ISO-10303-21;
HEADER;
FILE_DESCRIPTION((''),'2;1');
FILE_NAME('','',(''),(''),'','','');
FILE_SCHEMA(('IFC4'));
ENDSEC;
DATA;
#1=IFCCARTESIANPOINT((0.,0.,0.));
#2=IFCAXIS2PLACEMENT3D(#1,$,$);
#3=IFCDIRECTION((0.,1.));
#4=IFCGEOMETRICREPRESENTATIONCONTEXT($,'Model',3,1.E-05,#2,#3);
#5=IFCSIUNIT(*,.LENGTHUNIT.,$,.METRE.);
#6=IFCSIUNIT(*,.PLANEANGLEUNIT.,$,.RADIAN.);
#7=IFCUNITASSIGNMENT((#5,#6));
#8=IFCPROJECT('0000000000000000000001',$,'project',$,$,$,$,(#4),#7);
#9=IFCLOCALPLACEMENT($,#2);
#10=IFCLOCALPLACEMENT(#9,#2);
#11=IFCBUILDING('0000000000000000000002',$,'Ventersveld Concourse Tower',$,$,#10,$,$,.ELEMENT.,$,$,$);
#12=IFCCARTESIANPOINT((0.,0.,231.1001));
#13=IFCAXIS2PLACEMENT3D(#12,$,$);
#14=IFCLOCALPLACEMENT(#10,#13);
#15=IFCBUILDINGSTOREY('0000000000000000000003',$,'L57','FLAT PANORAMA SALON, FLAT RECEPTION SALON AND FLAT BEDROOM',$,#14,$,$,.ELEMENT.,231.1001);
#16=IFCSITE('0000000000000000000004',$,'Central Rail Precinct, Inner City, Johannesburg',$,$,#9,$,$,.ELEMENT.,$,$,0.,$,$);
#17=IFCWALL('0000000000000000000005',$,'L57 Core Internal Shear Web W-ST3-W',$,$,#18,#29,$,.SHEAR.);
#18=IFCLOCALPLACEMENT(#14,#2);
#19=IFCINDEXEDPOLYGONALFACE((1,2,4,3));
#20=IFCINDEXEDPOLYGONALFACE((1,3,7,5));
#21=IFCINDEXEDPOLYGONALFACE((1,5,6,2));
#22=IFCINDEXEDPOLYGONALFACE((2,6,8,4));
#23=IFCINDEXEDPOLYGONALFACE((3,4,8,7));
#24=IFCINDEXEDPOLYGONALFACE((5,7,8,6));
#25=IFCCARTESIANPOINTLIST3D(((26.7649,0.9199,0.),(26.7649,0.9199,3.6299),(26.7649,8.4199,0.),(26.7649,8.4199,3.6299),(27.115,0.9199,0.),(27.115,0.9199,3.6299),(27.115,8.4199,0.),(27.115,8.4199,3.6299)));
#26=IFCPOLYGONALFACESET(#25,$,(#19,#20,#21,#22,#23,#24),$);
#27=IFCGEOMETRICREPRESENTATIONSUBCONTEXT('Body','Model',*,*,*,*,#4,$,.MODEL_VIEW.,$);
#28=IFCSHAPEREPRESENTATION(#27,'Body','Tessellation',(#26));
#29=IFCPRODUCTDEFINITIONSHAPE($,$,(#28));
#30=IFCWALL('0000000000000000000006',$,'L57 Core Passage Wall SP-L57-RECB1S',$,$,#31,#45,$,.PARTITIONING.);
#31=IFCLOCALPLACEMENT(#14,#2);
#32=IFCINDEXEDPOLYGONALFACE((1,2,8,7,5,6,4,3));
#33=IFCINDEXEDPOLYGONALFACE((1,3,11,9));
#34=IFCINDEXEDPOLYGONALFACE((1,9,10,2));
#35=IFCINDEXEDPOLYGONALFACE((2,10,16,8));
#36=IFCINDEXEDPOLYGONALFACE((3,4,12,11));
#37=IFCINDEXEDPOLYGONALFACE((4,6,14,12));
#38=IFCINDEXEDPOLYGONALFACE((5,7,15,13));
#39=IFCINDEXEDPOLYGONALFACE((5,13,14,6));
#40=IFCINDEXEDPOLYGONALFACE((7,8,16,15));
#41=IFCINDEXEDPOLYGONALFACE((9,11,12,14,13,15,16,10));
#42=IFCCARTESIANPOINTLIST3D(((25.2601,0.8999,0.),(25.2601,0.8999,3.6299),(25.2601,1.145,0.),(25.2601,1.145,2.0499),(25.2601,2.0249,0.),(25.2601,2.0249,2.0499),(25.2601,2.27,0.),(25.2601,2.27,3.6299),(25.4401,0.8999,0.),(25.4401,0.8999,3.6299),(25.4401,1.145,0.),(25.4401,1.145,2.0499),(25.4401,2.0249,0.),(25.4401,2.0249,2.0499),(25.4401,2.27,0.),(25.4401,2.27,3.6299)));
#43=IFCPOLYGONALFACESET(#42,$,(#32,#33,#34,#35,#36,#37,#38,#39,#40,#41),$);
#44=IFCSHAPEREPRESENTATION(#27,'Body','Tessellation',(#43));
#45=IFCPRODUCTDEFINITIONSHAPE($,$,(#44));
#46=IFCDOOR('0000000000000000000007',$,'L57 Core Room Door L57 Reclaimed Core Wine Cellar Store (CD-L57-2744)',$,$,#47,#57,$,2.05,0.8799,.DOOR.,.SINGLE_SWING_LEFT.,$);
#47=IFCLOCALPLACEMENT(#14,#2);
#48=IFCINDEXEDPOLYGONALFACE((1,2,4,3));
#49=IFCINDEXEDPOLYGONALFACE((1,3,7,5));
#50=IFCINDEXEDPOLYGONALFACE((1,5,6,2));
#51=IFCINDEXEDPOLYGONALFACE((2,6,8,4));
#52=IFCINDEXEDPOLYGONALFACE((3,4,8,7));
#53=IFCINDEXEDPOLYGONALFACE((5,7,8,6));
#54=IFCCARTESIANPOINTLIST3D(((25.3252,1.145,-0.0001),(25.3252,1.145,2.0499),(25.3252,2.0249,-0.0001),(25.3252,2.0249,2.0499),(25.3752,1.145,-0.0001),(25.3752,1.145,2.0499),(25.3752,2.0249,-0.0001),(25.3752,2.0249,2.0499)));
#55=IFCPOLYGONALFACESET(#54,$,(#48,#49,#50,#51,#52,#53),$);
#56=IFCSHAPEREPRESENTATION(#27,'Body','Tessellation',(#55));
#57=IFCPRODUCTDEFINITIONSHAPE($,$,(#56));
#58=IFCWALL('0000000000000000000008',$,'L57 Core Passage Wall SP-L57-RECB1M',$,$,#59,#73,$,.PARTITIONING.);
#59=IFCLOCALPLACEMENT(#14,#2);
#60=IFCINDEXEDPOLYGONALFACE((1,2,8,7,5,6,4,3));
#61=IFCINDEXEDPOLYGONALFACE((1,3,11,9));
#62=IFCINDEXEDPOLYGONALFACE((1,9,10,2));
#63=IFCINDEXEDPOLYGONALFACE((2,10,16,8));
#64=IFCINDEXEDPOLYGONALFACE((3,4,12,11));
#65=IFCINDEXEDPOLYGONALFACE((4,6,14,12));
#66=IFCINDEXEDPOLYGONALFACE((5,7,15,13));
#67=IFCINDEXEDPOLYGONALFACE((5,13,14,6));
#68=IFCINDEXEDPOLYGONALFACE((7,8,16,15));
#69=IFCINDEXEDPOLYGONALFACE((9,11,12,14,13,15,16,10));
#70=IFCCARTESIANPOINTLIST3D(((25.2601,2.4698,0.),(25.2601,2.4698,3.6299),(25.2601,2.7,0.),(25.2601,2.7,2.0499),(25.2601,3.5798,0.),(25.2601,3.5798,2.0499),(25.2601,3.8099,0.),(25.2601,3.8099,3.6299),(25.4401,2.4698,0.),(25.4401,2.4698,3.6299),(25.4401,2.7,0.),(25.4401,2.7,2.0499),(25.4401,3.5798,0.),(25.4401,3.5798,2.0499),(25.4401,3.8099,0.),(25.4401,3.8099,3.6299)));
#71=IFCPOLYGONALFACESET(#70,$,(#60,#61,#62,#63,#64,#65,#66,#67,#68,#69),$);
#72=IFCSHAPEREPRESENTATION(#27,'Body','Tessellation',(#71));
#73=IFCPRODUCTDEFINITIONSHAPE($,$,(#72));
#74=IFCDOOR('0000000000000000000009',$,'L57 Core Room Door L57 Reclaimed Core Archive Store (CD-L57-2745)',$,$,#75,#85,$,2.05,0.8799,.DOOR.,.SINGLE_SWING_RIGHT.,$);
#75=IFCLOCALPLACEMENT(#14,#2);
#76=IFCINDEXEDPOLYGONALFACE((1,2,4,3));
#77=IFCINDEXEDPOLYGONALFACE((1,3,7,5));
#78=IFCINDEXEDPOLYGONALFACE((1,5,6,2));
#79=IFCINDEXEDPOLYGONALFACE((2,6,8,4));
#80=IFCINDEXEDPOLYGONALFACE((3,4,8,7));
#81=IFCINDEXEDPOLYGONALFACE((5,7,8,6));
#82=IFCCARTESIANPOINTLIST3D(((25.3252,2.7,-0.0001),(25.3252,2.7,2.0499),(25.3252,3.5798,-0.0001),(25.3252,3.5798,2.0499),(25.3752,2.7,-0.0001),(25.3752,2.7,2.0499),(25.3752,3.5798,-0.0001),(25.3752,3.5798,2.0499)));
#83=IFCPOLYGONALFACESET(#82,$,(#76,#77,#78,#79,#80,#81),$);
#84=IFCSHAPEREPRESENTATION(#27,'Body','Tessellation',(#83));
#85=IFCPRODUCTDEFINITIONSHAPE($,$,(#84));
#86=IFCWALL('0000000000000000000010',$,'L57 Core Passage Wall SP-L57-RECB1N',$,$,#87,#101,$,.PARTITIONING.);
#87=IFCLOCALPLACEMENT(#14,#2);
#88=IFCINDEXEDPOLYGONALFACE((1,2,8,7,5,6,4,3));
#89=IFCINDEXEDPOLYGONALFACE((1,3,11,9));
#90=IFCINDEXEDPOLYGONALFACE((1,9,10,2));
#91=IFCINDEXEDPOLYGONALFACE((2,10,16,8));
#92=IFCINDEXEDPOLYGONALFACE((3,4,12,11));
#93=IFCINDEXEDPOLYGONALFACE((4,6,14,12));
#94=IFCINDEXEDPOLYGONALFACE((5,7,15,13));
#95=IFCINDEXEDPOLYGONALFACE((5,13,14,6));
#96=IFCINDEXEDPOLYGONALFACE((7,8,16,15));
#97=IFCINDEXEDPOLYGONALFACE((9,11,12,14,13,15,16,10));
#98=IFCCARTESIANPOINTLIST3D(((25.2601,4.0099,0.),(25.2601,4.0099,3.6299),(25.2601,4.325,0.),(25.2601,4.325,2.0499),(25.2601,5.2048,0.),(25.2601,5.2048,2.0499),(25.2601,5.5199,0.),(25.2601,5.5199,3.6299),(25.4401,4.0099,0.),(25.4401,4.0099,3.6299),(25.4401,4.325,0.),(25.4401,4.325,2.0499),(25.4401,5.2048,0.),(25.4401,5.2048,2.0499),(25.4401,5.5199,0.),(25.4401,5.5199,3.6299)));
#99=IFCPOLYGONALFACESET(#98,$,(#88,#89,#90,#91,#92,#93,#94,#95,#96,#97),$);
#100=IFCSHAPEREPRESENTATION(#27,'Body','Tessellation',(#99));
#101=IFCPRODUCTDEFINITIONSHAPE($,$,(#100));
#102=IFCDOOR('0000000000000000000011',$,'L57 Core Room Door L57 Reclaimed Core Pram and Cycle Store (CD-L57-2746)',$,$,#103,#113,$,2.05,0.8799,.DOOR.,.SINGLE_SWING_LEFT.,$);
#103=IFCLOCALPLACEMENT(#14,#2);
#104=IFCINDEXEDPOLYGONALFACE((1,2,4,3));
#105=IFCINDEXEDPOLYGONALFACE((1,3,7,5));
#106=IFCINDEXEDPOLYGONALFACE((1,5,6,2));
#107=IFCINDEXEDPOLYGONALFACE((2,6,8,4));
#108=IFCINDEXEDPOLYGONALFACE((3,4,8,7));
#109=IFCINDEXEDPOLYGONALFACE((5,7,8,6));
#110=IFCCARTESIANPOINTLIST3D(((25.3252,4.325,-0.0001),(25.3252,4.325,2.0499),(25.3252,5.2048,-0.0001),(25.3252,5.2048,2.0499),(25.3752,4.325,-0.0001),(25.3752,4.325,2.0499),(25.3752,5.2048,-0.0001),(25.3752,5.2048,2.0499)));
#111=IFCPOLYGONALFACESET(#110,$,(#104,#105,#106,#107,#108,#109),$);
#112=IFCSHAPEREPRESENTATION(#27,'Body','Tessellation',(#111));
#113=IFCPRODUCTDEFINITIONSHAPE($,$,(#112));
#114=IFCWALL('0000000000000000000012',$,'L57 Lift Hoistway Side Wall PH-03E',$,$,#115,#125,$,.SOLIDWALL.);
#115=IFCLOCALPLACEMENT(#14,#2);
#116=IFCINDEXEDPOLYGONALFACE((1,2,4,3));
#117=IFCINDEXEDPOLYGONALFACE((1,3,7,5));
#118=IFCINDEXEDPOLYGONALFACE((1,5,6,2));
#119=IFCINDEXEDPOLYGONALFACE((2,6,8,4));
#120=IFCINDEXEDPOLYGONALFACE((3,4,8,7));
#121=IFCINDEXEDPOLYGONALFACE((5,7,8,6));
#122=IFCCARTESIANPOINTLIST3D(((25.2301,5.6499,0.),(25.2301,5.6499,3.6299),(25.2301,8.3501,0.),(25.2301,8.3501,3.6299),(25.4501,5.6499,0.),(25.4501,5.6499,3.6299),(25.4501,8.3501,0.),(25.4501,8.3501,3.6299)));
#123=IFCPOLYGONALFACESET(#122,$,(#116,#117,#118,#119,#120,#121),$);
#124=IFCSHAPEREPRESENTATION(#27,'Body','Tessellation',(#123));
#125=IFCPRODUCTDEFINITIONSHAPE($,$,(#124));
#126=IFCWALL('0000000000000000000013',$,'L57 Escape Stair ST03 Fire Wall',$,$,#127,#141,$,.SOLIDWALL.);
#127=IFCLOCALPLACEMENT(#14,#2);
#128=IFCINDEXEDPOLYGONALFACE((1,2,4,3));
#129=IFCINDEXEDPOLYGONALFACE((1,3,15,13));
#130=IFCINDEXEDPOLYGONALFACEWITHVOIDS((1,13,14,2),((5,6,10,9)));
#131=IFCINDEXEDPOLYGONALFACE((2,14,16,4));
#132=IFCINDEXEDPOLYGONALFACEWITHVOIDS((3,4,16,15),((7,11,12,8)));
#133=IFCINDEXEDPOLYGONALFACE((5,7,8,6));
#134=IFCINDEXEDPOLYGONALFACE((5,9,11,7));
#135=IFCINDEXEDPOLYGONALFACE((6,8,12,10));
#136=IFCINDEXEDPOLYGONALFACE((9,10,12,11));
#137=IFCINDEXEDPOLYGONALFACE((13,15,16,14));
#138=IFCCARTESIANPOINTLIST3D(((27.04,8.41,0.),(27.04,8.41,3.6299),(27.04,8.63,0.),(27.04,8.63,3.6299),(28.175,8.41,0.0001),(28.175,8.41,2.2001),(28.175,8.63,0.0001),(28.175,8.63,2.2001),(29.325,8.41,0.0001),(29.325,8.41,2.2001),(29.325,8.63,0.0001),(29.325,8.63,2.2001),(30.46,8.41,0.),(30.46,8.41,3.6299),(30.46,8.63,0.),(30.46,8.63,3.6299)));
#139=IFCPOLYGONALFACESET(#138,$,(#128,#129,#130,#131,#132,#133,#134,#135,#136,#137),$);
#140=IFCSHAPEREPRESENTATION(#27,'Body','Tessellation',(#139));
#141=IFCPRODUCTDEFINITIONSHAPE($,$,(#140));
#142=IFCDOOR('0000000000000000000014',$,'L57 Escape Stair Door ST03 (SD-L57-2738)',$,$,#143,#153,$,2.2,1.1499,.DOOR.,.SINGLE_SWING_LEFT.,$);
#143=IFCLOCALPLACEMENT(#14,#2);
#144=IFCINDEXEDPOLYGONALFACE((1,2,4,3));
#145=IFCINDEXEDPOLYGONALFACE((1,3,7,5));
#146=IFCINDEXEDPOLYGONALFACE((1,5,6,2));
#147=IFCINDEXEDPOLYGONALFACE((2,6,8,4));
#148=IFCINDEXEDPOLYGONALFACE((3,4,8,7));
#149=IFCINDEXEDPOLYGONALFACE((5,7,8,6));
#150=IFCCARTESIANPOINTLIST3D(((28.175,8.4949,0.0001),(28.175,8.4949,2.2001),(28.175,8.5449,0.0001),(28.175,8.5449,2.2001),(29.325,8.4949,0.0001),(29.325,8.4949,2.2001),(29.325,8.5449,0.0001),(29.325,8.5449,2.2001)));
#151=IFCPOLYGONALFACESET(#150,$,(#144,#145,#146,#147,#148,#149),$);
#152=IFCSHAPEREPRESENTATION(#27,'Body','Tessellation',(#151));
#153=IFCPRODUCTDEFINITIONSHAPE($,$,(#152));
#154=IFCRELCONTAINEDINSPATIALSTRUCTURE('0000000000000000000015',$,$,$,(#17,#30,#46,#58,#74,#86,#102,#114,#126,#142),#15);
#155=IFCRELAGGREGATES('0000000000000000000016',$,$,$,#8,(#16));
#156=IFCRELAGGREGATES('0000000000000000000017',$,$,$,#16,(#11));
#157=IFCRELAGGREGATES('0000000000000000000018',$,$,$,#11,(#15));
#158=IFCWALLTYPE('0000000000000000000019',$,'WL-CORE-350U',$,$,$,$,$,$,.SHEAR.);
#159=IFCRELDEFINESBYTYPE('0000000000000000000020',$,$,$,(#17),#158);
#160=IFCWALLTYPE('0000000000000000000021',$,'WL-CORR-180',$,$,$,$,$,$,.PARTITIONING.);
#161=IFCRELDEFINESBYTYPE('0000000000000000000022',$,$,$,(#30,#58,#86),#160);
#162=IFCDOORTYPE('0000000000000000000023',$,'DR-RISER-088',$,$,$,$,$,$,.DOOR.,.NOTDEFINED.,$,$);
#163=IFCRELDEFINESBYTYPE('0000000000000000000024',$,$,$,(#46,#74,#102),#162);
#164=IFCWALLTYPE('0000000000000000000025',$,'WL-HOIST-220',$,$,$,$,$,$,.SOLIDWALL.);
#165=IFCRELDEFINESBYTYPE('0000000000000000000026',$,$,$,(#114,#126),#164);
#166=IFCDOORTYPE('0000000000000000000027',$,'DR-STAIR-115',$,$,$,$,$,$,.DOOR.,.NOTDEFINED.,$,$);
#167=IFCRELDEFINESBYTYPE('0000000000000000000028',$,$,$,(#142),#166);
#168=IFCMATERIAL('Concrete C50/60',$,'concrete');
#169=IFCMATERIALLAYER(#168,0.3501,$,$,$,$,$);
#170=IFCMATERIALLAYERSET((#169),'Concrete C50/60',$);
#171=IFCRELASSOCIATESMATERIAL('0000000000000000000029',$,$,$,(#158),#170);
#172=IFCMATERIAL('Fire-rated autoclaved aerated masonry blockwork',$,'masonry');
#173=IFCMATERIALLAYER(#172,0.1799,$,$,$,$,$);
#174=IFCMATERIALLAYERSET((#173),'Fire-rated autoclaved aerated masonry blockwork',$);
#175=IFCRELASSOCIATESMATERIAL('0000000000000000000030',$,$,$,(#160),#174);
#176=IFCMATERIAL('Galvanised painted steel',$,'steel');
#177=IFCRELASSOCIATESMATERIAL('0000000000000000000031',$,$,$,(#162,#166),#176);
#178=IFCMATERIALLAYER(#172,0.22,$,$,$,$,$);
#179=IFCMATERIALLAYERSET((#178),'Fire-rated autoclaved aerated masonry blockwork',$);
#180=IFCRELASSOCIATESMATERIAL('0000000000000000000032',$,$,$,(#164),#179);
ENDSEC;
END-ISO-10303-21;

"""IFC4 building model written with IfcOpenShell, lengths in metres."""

from ifc_helpers import new_model, si_unit, direction, frame, frame_2d, origin, place, context, subcontext, project, spatial, rectangle, extrude, material, layer, layer_set, type_object, element, fill, save


model = new_model("IFC4")

# Units and contexts
model_context = context("Model", 3, precision=1e-05, world=origin(), true_north=direction((0.0, 1.0)))
body_context = subcontext(model_context, "Body", "Model", "MODEL_VIEW")
ifc_project = project(units=[si_unit("LENGTHUNIT", "METRE"), si_unit("PLANEANGLEUNIT", "RADIAN")], contexts=[model_context])

# Site, building, storey
site_placement = place(None, origin())
site = spatial("IfcSite", under=ifc_project, at=site_placement, Name="Central Rail Precinct, Inner City, Johannesburg", CompositionType="ELEMENT", RefElevation=0.0)
building_placement = place(site_placement, origin())
building = spatial("IfcBuilding", under=site, at=building_placement, Name="Ventersveld Concourse Tower", CompositionType="ELEMENT")
storey_placement = place(building_placement, frame((0.0, 0.0, 231.1001)))
storey = spatial("IfcBuildingStorey", under=building, at=storey_placement, Name="L57", Description="FLAT PANORAMA SALON, FLAT RECEPTION SALON AND FLAT BEDROOM", CompositionType="ELEMENT", Elevation=231.1001)

# Wall
ifc_material_1 = material(Name="Concrete C50/60", Category="concrete")
ifc_layer_1 = layer(ifc_material_1, 0.3501)
ifc_layer_set_1 = layer_set([ifc_layer_1], Name="Concrete C50/60")
wall_type_1 = type_object("IfcWallType", Name="WL-CORE-350U", PredefinedType="SHEAR", material=ifc_layer_set_1)
wall_1_placement = place(storey_placement, frame((26.9399, 0.9199, 0.0), z_axis=(0.0, 0.0, 1.0), x_axis=(0.0, 1.0, 0.0)))
element("IfcWall", 1, at=wall_1_placement, inside=storey, type_object=wall_type_1, Name="L57 Core Internal Shear Web W-ST3-W", PredefinedType="SHEAR", context=body_context, shape_type="SweptSolid", body=[
    extrude(rectangle(XDim=7.5, YDim=0.3501, at=frame_2d((3.75, 0.0))), origin(), (0.0, 0.0, 1.0), 3.6299),
])

# Walls, openings, doors
ifc_material_2 = material(Name="Fire-rated autoclaved aerated masonry blockwork", Category="masonry")
ifc_layer_2 = layer(ifc_material_2, 0.1799)
ifc_layer_set_2 = layer_set([ifc_layer_2], Name="Fire-rated autoclaved aerated masonry blockwork")
wall_type_2 = type_object("IfcWallType", Name="WL-CORR-180", PredefinedType="PARTITIONING", material=ifc_layer_set_2)
wall_2_placement = place(storey_placement, frame((25.3501, 0.8999, 0.0), z_axis=(0.0, 0.0, 1.0), x_axis=(0.0, 1.0, 0.0)))
wall_2 = element("IfcWall", 2, at=wall_2_placement, inside=storey, type_object=wall_type_2, Name="L57 Core Passage Wall SP-L57-RECB1S", PredefinedType="PARTITIONING", context=body_context, shape_type="SweptSolid", body=[
    extrude(rectangle(XDim=1.3701, YDim=0.1799, at=frame_2d((0.6851, 0.0))), origin(), (0.0, 0.0, 1.0), 3.6299),
])
opening_1_placement = place(wall_2_placement, frame((0.2451, 0.0, 0.0)))
opening_1 = element("IfcOpeningElement", 3, at=opening_1_placement, cuts=wall_2, PredefinedType="OPENING", context=body_context, shape_type="SweptSolid", body=[
    extrude(rectangle(XDim=0.8799, YDim=2.05, at=frame_2d((0.4399, 1.0249))), frame((0.0, 0.1001, 0.0), z_axis=(0.0, -1.0, 0.0), x_axis=(1.0, 0.0, 0.0)), (0.0, 0.0, 1.0), 0.2),
])
ifc_material_3 = material(Name="Galvanised painted steel", Category="steel")
door_type_1 = type_object("IfcDoorType", Name="DR-RISER-088", OperationType="NOTDEFINED", PredefinedType="DOOR", material=ifc_material_3)
door_1_placement = place(opening_1_placement, origin())
door_1 = element("IfcDoor", 4, at=door_1_placement, inside=storey, type_object=door_type_1, Name="L57 Core Room Door L57 Reclaimed Core Wine Cellar Store (CD-L57-2744)", OperationType="SINGLE_SWING_LEFT", OverallHeight=2.05, OverallWidth=0.8799, PredefinedType="DOOR", context=body_context, shape_type="SweptSolid", body=[
    extrude(rectangle(XDim=0.8799, YDim=2.05, at=frame_2d((0.4399, 1.0249))), frame((0.0, 0.0249, 0.0), z_axis=(0.0, -1.0, 0.0), x_axis=(1.0, 0.0, 0.0)), (0.0, 0.0, 1.0), 0.05),
])
fill(opening_1, door_1)
wall_3_placement = place(storey_placement, frame((25.3501, 2.47, 0.0), z_axis=(0.0, 0.0, 1.0), x_axis=(0.0, 1.0, 0.0)))
wall_3 = element("IfcWall", 5, at=wall_3_placement, inside=storey, type_object=wall_type_2, Name="L57 Core Passage Wall SP-L57-RECB1M", PredefinedType="PARTITIONING", context=body_context, shape_type="SweptSolid", body=[
    extrude(rectangle(XDim=1.3401, YDim=0.1799, at=frame_2d((0.6699, 0.0))), origin(), (0.0, 0.0, 1.0), 3.6299),
])
opening_2_placement = place(wall_3_placement, frame((0.23, 0.0, 0.0)))
opening_2 = element("IfcOpeningElement", 6, at=opening_2_placement, cuts=wall_3, PredefinedType="OPENING", context=body_context, shape_type="SweptSolid", body=[
    extrude(rectangle(XDim=0.8799, YDim=2.05, at=frame_2d((0.4399, 1.0249))), frame((0.0, 0.1001, 0.0), z_axis=(0.0, -1.0, 0.0), x_axis=(1.0, 0.0, 0.0)), (0.0, 0.0, 1.0), 0.2),
])
door_2_placement = place(opening_2_placement, origin())
door_2 = element("IfcDoor", 7, at=door_2_placement, inside=storey, type_object=door_type_1, Name="L57 Core Room Door L57 Reclaimed Core Archive Store (CD-L57-2745)", OperationType="SINGLE_SWING_RIGHT", OverallHeight=2.05, OverallWidth=0.8799, PredefinedType="DOOR", context=body_context, shape_type="SweptSolid", body=[
    extrude(rectangle(XDim=0.8799, YDim=2.05, at=frame_2d((0.4399, 1.0249))), frame((0.0, 0.0249, 0.0), z_axis=(0.0, -1.0, 0.0), x_axis=(1.0, 0.0, 0.0)), (0.0, 0.0, 1.0), 0.05),
])
fill(opening_2, door_2)
wall_4_placement = place(storey_placement, frame((25.3501, 4.01, 0.0), z_axis=(0.0, 0.0, 1.0), x_axis=(0.0, 1.0, 0.0)))
wall_4 = element("IfcWall", 8, at=wall_4_placement, inside=storey, type_object=wall_type_2, Name="L57 Core Passage Wall SP-L57-RECB1N", PredefinedType="PARTITIONING", context=body_context, shape_type="SweptSolid", body=[
    extrude(rectangle(XDim=1.51, YDim=0.1799, at=frame_2d((0.7549, 0.0))), origin(), (0.0, 0.0, 1.0), 3.6299),
])
opening_3_placement = place(wall_4_placement, frame((0.3149, 0.0, 0.0)))
opening_3 = element("IfcOpeningElement", 9, at=opening_3_placement, cuts=wall_4, PredefinedType="OPENING", context=body_context, shape_type="SweptSolid", body=[
    extrude(rectangle(XDim=0.8799, YDim=2.05, at=frame_2d((0.4399, 1.0249))), frame((0.0, 0.1001, 0.0), z_axis=(0.0, -1.0, 0.0), x_axis=(1.0, 0.0, 0.0)), (0.0, 0.0, 1.0), 0.2),
])
door_3_placement = place(opening_3_placement, origin())
door_3 = element("IfcDoor", 10, at=door_3_placement, inside=storey, type_object=door_type_1, Name="L57 Core Room Door L57 Reclaimed Core Pram and Cycle Store (CD-L57-2746)", OperationType="SINGLE_SWING_LEFT", OverallHeight=2.05, OverallWidth=0.8799, PredefinedType="DOOR", context=body_context, shape_type="SweptSolid", body=[
    extrude(rectangle(XDim=0.8799, YDim=2.05, at=frame_2d((0.4399, 1.0249))), frame((0.0, 0.0249, 0.0), z_axis=(0.0, -1.0, 0.0), x_axis=(1.0, 0.0, 0.0)), (0.0, 0.0, 1.0), 0.05),
])
fill(opening_3, door_3)

# Wall
ifc_layer_3 = layer(ifc_material_2, 0.22)
ifc_layer_set_3 = layer_set([ifc_layer_3], Name="Fire-rated autoclaved aerated masonry blockwork")
wall_type_3 = type_object("IfcWallType", Name="WL-HOIST-220", PredefinedType="SOLIDWALL", material=ifc_layer_set_3)
wall_5_placement = place(storey_placement, frame((25.3401, 5.6499, 0.0), z_axis=(0.0, 0.0, 1.0), x_axis=(0.0, 1.0, 0.0)))
element("IfcWall", 11, at=wall_5_placement, inside=storey, type_object=wall_type_3, Name="L57 Lift Hoistway Side Wall PH-03E", PredefinedType="SOLIDWALL", context=body_context, shape_type="SweptSolid", body=[
    extrude(rectangle(XDim=2.7002, YDim=0.22, at=frame_2d((1.3501, 0.0))), origin(), (0.0, 0.0, 1.0), 3.6299),
])

# Wall, opening, door
wall_6_placement = place(storey_placement, frame((27.04, 8.52, 0.0), z_axis=(0.0, 0.0, 1.0), x_axis=(1.0, 0.0, 0.0)))
wall_6 = element("IfcWall", 12, at=wall_6_placement, inside=storey, type_object=wall_type_3, Name="L57 Escape Stair ST03 Fire Wall", PredefinedType="SOLIDWALL", context=body_context, shape_type="SweptSolid", body=[
    extrude(rectangle(XDim=3.4199, YDim=0.22, at=frame_2d((1.71, 0.0))), origin(), (0.0, 0.0, 1.0), 3.6299),
])
opening_4_placement = place(wall_6_placement, frame((1.135, 0.0, 0.0)))
opening_4 = element("IfcOpeningElement", 13, at=opening_4_placement, cuts=wall_6, PredefinedType="OPENING", context=body_context, shape_type="SweptSolid", body=[
    extrude(rectangle(XDim=1.1499, YDim=2.2, at=frame_2d((0.575, 1.1001))), frame((0.0, 0.1201, 0.0), z_axis=(0.0, -1.0, 0.0), x_axis=(1.0, 0.0, 0.0)), (0.0, 0.0, 1.0), 0.24),
])
door_type_2 = type_object("IfcDoorType", Name="DR-STAIR-115", OperationType="NOTDEFINED", PredefinedType="DOOR", material=ifc_material_3)
door_4_placement = place(opening_4_placement, origin())
door_4 = element("IfcDoor", 14, at=door_4_placement, inside=storey, type_object=door_type_2, Name="L57 Escape Stair Door ST03 (SD-L57-2738)", OperationType="SINGLE_SWING_LEFT", OverallHeight=2.2, OverallWidth=1.1499, PredefinedType="DOOR", context=body_context, shape_type="SweptSolid", body=[
    extrude(rectangle(XDim=1.1499, YDim=2.2, at=frame_2d((0.575, 1.1001))), frame((0.0, 0.0249, 0.0), z_axis=(0.0, -1.0, 0.0), x_axis=(1.0, 0.0, 0.0)), (0.0, 0.0, 1.0), 0.05),
])
fill(opening_4, door_4)

save(model, "model.ifc")
